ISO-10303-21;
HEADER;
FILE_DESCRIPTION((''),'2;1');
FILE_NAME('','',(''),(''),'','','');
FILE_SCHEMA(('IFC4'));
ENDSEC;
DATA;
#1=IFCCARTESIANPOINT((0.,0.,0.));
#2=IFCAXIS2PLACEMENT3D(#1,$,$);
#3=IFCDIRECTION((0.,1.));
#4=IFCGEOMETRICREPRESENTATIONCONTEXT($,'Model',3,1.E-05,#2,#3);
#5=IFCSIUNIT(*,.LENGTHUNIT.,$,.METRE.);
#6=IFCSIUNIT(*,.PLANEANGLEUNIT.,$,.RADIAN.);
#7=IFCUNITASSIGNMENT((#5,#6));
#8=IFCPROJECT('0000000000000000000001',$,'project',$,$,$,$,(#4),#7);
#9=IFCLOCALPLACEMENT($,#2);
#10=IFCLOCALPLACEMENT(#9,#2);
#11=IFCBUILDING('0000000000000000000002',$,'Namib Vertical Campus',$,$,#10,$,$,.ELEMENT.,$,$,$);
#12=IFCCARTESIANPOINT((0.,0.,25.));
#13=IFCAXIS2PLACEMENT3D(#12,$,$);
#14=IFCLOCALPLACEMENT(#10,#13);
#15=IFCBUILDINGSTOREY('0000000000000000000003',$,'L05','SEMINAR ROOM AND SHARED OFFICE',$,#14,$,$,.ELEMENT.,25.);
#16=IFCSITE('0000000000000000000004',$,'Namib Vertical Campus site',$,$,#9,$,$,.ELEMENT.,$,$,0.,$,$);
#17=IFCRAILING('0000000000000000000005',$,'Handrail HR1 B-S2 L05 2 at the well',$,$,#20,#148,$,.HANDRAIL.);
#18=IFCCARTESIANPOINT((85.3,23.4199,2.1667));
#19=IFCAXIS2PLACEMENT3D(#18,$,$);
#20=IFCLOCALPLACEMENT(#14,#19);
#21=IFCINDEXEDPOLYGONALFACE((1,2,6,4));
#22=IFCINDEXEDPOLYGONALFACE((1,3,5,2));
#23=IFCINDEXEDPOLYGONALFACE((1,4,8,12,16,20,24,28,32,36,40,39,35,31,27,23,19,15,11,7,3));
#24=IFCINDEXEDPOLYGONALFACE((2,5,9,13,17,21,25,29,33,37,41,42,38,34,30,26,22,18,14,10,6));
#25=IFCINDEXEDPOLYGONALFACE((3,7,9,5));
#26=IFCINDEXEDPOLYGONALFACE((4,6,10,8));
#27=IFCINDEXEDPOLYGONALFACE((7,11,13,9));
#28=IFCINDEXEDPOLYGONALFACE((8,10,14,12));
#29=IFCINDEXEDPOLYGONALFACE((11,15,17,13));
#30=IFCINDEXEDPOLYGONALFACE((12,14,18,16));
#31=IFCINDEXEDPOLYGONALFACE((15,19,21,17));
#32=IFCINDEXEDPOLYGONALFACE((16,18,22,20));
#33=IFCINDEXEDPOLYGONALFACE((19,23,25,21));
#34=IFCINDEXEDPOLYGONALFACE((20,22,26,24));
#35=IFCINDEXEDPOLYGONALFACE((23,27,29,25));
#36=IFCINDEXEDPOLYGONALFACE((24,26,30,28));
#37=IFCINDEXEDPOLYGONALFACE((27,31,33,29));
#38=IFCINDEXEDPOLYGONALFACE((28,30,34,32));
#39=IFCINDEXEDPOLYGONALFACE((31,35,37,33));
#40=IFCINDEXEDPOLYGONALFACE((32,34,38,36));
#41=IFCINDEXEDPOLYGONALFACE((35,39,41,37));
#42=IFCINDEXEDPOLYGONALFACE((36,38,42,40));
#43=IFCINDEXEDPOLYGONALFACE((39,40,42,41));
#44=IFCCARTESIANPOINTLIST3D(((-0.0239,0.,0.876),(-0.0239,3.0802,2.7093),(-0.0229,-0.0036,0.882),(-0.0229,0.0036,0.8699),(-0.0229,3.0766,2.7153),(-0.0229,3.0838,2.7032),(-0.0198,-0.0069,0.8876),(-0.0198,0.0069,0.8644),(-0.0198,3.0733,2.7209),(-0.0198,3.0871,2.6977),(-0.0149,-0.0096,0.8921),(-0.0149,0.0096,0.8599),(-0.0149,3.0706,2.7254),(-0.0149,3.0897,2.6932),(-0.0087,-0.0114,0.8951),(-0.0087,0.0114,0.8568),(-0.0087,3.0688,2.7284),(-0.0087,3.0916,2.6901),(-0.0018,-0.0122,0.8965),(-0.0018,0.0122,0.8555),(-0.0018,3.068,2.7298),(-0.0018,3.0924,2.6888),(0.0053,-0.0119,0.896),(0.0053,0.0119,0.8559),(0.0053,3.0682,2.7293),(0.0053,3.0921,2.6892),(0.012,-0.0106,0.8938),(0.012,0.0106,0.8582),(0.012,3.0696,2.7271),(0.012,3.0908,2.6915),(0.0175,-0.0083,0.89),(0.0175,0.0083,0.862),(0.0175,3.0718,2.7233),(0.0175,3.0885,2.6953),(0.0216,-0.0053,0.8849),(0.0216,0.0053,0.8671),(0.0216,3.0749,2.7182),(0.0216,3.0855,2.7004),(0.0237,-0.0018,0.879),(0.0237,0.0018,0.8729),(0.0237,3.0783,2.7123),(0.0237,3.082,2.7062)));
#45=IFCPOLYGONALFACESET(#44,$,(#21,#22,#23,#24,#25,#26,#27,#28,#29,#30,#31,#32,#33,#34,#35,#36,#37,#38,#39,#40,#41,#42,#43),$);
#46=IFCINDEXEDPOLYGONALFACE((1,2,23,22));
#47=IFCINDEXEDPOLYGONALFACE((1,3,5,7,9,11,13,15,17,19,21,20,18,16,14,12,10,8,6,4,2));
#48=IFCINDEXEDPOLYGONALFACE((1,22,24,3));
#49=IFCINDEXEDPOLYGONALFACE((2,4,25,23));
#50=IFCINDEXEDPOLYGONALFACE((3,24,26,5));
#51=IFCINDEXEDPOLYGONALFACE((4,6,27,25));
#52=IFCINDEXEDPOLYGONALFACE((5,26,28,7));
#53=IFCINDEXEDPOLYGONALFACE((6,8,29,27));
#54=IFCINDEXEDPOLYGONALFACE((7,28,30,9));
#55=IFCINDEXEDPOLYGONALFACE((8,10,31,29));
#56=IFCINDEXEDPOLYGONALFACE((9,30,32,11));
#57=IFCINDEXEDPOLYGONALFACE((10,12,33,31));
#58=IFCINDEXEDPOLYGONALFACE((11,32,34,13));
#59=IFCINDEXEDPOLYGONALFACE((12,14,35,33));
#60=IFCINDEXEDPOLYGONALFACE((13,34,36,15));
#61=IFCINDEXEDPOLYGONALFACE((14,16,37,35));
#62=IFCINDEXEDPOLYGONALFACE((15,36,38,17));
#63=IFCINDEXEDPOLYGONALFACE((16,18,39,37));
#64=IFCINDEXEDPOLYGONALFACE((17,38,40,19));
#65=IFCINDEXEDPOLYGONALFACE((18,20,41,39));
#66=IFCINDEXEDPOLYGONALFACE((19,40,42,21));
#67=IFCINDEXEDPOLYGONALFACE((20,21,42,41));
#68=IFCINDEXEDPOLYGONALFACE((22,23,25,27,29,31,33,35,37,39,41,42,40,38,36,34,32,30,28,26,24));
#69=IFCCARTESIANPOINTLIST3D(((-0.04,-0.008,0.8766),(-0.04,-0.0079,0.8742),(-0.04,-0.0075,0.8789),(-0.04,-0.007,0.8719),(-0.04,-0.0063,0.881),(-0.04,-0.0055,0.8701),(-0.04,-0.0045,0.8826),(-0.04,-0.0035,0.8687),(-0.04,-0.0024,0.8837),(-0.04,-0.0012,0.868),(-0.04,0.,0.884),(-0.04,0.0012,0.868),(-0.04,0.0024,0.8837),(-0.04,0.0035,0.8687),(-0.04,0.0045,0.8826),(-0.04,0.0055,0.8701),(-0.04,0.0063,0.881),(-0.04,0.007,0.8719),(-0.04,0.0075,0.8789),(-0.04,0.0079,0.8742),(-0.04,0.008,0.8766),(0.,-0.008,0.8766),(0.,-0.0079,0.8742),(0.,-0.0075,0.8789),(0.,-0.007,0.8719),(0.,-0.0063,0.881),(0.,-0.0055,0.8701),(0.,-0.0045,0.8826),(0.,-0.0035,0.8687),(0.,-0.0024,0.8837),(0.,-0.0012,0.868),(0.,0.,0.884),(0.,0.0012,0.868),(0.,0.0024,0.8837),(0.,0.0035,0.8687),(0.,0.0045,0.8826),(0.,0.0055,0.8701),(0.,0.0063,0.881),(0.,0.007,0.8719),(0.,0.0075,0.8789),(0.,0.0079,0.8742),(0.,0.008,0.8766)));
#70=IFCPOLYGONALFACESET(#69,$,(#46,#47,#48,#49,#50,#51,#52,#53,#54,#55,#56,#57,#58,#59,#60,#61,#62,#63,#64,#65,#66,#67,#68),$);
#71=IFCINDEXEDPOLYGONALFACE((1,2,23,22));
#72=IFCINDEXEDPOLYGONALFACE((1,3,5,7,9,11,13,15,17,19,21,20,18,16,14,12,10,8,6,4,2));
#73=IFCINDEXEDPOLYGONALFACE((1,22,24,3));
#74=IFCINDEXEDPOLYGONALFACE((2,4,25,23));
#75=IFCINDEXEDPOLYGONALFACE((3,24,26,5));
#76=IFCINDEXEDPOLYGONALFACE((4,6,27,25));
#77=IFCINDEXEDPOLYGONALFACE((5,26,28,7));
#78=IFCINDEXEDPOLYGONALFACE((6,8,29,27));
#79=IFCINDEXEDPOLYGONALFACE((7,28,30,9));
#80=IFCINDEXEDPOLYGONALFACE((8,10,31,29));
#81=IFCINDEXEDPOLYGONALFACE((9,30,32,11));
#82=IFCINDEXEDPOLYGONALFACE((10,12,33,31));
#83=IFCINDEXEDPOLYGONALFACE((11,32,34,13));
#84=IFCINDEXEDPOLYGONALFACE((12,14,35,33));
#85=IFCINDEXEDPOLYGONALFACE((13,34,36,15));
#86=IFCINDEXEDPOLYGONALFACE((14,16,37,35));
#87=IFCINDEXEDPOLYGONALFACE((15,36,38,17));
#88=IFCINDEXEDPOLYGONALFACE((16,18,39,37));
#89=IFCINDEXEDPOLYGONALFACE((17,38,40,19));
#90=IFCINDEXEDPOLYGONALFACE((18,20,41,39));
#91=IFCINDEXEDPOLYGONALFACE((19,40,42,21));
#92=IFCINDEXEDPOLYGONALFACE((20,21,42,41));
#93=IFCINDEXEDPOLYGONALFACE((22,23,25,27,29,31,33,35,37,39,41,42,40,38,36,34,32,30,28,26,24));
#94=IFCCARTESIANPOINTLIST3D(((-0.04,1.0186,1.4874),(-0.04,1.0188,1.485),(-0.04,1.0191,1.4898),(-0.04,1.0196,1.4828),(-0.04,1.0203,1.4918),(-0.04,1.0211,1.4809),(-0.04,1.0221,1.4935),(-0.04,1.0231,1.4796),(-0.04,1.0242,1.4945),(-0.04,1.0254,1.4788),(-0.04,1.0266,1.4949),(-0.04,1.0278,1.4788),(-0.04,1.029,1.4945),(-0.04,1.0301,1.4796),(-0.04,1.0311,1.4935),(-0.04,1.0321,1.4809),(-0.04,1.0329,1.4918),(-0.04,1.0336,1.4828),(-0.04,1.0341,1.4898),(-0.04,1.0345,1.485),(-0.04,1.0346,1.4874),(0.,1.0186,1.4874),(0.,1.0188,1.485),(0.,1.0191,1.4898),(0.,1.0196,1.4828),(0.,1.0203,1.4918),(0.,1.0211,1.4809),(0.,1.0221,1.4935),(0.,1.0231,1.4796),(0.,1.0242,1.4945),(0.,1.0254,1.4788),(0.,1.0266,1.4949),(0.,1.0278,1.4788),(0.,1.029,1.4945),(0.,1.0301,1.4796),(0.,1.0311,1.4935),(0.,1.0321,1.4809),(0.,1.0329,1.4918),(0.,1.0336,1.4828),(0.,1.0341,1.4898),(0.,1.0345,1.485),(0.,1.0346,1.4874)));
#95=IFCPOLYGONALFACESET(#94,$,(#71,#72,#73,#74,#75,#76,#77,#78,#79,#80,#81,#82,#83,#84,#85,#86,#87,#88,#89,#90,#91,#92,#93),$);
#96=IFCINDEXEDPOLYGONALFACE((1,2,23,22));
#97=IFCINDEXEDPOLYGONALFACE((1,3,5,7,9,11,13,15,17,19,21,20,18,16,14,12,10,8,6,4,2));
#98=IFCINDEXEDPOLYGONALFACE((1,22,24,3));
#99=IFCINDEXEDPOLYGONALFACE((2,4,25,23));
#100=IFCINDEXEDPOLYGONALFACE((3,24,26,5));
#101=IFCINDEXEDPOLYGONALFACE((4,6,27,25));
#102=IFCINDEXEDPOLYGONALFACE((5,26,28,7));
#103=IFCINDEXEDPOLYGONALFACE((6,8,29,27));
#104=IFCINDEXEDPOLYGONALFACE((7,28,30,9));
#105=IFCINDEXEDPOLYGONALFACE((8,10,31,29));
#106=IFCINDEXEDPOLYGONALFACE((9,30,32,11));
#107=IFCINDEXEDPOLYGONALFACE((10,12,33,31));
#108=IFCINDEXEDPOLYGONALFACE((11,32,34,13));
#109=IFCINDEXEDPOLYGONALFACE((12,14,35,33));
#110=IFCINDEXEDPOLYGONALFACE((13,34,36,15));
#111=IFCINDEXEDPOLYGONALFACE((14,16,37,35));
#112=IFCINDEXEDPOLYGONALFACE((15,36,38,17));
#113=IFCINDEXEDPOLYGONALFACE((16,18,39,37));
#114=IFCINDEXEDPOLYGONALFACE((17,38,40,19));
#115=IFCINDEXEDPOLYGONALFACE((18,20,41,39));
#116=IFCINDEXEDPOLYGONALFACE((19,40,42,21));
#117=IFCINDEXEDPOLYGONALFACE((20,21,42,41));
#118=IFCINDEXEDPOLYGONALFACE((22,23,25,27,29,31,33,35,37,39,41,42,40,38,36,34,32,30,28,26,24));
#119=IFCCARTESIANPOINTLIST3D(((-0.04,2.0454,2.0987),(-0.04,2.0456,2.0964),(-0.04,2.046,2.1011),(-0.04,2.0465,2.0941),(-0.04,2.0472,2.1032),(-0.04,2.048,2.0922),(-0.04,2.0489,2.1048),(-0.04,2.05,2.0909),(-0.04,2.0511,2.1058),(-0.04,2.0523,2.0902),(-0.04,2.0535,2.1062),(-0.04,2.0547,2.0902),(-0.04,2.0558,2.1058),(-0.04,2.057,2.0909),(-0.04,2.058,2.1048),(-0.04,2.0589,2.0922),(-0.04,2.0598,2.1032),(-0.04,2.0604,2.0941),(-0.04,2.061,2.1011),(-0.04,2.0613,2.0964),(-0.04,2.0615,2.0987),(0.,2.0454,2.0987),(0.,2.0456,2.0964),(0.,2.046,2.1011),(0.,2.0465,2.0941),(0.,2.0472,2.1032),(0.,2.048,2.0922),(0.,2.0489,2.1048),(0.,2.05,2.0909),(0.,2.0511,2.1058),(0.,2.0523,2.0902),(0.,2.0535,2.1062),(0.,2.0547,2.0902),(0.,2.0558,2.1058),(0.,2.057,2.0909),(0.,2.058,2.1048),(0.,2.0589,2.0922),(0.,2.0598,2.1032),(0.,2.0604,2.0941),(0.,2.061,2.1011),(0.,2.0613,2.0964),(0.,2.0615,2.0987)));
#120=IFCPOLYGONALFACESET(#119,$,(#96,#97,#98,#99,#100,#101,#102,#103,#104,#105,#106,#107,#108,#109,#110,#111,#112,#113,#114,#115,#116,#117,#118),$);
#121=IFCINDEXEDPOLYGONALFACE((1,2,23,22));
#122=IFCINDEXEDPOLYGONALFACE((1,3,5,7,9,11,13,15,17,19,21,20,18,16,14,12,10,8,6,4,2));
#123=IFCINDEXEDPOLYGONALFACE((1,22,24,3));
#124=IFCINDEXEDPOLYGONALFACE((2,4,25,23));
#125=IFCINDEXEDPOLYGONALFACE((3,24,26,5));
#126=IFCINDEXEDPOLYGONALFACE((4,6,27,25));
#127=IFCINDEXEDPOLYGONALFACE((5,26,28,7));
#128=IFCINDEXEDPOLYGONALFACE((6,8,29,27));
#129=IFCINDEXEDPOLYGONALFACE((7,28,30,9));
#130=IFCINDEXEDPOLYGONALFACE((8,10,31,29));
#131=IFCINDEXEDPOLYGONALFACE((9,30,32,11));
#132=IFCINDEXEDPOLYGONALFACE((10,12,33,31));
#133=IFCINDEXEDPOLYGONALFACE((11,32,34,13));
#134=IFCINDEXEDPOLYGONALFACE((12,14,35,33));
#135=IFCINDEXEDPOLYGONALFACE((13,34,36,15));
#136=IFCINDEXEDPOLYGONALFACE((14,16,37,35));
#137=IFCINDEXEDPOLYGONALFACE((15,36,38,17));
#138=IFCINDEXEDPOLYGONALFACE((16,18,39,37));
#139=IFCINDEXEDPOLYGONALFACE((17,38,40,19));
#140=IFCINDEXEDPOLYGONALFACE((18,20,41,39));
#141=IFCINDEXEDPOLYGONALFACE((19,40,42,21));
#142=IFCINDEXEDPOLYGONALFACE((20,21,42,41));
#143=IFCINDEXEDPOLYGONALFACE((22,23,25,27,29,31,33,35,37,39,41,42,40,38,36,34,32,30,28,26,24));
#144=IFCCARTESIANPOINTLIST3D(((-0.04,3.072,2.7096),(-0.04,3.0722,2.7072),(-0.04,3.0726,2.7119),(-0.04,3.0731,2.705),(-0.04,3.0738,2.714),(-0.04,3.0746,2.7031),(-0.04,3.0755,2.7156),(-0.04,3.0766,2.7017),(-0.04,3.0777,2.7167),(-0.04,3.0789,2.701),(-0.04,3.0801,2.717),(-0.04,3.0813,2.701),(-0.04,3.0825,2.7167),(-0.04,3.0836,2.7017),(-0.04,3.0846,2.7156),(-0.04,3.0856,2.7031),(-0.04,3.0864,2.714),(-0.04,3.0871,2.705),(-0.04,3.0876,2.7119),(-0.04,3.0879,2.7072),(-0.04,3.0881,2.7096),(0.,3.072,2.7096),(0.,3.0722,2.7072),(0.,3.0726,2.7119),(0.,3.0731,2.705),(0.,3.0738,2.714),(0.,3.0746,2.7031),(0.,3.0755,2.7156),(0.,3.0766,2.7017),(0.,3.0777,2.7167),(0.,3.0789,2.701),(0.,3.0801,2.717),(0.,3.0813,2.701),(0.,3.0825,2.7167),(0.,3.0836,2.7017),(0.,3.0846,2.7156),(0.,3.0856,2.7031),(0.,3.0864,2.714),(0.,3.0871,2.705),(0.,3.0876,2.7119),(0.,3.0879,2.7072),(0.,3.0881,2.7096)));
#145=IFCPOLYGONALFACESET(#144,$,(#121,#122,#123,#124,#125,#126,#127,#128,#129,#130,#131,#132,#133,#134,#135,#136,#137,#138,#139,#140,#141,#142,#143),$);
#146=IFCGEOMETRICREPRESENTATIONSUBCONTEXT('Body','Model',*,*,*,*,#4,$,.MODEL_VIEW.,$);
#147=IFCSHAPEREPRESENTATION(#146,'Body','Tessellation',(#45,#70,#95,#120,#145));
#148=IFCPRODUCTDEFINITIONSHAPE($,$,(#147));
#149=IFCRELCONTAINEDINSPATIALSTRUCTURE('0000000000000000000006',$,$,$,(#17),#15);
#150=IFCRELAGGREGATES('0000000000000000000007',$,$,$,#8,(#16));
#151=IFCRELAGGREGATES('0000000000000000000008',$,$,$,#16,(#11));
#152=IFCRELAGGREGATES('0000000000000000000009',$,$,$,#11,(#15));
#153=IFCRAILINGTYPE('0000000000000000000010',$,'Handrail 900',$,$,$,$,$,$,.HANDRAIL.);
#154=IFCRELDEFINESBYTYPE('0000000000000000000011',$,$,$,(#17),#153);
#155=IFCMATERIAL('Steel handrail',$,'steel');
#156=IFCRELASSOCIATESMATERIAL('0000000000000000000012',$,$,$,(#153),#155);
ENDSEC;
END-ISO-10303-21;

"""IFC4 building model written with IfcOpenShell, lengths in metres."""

from ifc_helpers import new_model, si_unit, direction, frame, origin, origin_2d, place, context, subcontext, project, spatial, circle, extrude, material, type_object, element, save


model = new_model("IFC4")

# Units and contexts
model_context = context("Model", 3, precision=1e-05, world=origin(), true_north=direction((0.0, 1.0)))
body_context = subcontext(model_context, "Body", "Model", "MODEL_VIEW")
ifc_project = project(units=[si_unit("LENGTHUNIT", "METRE"), si_unit("PLANEANGLEUNIT", "RADIAN")], contexts=[model_context])

# Site, building, storey
site_placement = place(None, origin())
site = spatial("IfcSite", under=ifc_project, at=site_placement, Name="Namib Vertical Campus site", CompositionType="ELEMENT", RefElevation=0.0)
building_placement = place(site_placement, origin())
building = spatial("IfcBuilding", under=site, at=building_placement, Name="Namib Vertical Campus", CompositionType="ELEMENT")
storey_placement = place(building_placement, frame((0.0, 0.0, 25.0)))
storey = spatial("IfcBuildingStorey", under=building, at=storey_placement, Name="L05", Description="SEMINAR ROOM AND SHARED OFFICE", CompositionType="ELEMENT", Elevation=25.0)

# Railing
ifc_material_1 = material(Name="Steel handrail", Category="steel")
railing_type_1 = type_object("IfcRailingType", Name="Handrail 900", PredefinedType="HANDRAIL", material=ifc_material_1)
railing_1_placement = place(storey_placement, frame((85.3, 23.4199, 2.1667)))
element("IfcRailing", 1, at=railing_1_placement, inside=storey, type_object=railing_type_1, Name="Handrail HR1 B-S2 L05 2 at the well", PredefinedType="HANDRAIL", context=body_context, shape_type="SweptSolid", body=[
    extrude(circle(Radius=0.0239, at=origin_2d()), frame((0.0, 0.0, 0.876), z_axis=(0.0, 0.859309, 0.511458), x_axis=(-1.0, 0.0, 0.0)), (0.0, 0.0, 1.0), 3.5845),
    extrude(circle(Radius=0.0081, at=origin_2d()), frame((0.0, 0.0, 0.876), z_axis=(-1.0, 0.0, 0.0), x_axis=(0.0, 0.0, 1.0)), (0.0, 0.0, 1.0), 0.04),
    extrude(circle(Radius=0.0081, at=origin_2d()), frame((0.0, 1.0266, 1.4868), z_axis=(-1.0, 0.0, 0.0), x_axis=(0.0, 0.0, 1.0)), (0.0, 0.0, 1.0), 0.04),
    extrude(circle(Radius=0.0081, at=origin_2d()), frame((0.0, 2.0535, 2.0981), z_axis=(-1.0, 0.0, 0.0), x_axis=(0.0, 0.0, 1.0)), (0.0, 0.0, 1.0), 0.04),
    extrude(circle(Radius=0.0081, at=origin_2d()), frame((0.0, 3.0801, 2.709), z_axis=(-1.0, 0.0, 0.0), x_axis=(0.0, 0.0, 1.0)), (0.0, 0.0, 1.0), 0.04),
])

save(model, "model.ifc")
